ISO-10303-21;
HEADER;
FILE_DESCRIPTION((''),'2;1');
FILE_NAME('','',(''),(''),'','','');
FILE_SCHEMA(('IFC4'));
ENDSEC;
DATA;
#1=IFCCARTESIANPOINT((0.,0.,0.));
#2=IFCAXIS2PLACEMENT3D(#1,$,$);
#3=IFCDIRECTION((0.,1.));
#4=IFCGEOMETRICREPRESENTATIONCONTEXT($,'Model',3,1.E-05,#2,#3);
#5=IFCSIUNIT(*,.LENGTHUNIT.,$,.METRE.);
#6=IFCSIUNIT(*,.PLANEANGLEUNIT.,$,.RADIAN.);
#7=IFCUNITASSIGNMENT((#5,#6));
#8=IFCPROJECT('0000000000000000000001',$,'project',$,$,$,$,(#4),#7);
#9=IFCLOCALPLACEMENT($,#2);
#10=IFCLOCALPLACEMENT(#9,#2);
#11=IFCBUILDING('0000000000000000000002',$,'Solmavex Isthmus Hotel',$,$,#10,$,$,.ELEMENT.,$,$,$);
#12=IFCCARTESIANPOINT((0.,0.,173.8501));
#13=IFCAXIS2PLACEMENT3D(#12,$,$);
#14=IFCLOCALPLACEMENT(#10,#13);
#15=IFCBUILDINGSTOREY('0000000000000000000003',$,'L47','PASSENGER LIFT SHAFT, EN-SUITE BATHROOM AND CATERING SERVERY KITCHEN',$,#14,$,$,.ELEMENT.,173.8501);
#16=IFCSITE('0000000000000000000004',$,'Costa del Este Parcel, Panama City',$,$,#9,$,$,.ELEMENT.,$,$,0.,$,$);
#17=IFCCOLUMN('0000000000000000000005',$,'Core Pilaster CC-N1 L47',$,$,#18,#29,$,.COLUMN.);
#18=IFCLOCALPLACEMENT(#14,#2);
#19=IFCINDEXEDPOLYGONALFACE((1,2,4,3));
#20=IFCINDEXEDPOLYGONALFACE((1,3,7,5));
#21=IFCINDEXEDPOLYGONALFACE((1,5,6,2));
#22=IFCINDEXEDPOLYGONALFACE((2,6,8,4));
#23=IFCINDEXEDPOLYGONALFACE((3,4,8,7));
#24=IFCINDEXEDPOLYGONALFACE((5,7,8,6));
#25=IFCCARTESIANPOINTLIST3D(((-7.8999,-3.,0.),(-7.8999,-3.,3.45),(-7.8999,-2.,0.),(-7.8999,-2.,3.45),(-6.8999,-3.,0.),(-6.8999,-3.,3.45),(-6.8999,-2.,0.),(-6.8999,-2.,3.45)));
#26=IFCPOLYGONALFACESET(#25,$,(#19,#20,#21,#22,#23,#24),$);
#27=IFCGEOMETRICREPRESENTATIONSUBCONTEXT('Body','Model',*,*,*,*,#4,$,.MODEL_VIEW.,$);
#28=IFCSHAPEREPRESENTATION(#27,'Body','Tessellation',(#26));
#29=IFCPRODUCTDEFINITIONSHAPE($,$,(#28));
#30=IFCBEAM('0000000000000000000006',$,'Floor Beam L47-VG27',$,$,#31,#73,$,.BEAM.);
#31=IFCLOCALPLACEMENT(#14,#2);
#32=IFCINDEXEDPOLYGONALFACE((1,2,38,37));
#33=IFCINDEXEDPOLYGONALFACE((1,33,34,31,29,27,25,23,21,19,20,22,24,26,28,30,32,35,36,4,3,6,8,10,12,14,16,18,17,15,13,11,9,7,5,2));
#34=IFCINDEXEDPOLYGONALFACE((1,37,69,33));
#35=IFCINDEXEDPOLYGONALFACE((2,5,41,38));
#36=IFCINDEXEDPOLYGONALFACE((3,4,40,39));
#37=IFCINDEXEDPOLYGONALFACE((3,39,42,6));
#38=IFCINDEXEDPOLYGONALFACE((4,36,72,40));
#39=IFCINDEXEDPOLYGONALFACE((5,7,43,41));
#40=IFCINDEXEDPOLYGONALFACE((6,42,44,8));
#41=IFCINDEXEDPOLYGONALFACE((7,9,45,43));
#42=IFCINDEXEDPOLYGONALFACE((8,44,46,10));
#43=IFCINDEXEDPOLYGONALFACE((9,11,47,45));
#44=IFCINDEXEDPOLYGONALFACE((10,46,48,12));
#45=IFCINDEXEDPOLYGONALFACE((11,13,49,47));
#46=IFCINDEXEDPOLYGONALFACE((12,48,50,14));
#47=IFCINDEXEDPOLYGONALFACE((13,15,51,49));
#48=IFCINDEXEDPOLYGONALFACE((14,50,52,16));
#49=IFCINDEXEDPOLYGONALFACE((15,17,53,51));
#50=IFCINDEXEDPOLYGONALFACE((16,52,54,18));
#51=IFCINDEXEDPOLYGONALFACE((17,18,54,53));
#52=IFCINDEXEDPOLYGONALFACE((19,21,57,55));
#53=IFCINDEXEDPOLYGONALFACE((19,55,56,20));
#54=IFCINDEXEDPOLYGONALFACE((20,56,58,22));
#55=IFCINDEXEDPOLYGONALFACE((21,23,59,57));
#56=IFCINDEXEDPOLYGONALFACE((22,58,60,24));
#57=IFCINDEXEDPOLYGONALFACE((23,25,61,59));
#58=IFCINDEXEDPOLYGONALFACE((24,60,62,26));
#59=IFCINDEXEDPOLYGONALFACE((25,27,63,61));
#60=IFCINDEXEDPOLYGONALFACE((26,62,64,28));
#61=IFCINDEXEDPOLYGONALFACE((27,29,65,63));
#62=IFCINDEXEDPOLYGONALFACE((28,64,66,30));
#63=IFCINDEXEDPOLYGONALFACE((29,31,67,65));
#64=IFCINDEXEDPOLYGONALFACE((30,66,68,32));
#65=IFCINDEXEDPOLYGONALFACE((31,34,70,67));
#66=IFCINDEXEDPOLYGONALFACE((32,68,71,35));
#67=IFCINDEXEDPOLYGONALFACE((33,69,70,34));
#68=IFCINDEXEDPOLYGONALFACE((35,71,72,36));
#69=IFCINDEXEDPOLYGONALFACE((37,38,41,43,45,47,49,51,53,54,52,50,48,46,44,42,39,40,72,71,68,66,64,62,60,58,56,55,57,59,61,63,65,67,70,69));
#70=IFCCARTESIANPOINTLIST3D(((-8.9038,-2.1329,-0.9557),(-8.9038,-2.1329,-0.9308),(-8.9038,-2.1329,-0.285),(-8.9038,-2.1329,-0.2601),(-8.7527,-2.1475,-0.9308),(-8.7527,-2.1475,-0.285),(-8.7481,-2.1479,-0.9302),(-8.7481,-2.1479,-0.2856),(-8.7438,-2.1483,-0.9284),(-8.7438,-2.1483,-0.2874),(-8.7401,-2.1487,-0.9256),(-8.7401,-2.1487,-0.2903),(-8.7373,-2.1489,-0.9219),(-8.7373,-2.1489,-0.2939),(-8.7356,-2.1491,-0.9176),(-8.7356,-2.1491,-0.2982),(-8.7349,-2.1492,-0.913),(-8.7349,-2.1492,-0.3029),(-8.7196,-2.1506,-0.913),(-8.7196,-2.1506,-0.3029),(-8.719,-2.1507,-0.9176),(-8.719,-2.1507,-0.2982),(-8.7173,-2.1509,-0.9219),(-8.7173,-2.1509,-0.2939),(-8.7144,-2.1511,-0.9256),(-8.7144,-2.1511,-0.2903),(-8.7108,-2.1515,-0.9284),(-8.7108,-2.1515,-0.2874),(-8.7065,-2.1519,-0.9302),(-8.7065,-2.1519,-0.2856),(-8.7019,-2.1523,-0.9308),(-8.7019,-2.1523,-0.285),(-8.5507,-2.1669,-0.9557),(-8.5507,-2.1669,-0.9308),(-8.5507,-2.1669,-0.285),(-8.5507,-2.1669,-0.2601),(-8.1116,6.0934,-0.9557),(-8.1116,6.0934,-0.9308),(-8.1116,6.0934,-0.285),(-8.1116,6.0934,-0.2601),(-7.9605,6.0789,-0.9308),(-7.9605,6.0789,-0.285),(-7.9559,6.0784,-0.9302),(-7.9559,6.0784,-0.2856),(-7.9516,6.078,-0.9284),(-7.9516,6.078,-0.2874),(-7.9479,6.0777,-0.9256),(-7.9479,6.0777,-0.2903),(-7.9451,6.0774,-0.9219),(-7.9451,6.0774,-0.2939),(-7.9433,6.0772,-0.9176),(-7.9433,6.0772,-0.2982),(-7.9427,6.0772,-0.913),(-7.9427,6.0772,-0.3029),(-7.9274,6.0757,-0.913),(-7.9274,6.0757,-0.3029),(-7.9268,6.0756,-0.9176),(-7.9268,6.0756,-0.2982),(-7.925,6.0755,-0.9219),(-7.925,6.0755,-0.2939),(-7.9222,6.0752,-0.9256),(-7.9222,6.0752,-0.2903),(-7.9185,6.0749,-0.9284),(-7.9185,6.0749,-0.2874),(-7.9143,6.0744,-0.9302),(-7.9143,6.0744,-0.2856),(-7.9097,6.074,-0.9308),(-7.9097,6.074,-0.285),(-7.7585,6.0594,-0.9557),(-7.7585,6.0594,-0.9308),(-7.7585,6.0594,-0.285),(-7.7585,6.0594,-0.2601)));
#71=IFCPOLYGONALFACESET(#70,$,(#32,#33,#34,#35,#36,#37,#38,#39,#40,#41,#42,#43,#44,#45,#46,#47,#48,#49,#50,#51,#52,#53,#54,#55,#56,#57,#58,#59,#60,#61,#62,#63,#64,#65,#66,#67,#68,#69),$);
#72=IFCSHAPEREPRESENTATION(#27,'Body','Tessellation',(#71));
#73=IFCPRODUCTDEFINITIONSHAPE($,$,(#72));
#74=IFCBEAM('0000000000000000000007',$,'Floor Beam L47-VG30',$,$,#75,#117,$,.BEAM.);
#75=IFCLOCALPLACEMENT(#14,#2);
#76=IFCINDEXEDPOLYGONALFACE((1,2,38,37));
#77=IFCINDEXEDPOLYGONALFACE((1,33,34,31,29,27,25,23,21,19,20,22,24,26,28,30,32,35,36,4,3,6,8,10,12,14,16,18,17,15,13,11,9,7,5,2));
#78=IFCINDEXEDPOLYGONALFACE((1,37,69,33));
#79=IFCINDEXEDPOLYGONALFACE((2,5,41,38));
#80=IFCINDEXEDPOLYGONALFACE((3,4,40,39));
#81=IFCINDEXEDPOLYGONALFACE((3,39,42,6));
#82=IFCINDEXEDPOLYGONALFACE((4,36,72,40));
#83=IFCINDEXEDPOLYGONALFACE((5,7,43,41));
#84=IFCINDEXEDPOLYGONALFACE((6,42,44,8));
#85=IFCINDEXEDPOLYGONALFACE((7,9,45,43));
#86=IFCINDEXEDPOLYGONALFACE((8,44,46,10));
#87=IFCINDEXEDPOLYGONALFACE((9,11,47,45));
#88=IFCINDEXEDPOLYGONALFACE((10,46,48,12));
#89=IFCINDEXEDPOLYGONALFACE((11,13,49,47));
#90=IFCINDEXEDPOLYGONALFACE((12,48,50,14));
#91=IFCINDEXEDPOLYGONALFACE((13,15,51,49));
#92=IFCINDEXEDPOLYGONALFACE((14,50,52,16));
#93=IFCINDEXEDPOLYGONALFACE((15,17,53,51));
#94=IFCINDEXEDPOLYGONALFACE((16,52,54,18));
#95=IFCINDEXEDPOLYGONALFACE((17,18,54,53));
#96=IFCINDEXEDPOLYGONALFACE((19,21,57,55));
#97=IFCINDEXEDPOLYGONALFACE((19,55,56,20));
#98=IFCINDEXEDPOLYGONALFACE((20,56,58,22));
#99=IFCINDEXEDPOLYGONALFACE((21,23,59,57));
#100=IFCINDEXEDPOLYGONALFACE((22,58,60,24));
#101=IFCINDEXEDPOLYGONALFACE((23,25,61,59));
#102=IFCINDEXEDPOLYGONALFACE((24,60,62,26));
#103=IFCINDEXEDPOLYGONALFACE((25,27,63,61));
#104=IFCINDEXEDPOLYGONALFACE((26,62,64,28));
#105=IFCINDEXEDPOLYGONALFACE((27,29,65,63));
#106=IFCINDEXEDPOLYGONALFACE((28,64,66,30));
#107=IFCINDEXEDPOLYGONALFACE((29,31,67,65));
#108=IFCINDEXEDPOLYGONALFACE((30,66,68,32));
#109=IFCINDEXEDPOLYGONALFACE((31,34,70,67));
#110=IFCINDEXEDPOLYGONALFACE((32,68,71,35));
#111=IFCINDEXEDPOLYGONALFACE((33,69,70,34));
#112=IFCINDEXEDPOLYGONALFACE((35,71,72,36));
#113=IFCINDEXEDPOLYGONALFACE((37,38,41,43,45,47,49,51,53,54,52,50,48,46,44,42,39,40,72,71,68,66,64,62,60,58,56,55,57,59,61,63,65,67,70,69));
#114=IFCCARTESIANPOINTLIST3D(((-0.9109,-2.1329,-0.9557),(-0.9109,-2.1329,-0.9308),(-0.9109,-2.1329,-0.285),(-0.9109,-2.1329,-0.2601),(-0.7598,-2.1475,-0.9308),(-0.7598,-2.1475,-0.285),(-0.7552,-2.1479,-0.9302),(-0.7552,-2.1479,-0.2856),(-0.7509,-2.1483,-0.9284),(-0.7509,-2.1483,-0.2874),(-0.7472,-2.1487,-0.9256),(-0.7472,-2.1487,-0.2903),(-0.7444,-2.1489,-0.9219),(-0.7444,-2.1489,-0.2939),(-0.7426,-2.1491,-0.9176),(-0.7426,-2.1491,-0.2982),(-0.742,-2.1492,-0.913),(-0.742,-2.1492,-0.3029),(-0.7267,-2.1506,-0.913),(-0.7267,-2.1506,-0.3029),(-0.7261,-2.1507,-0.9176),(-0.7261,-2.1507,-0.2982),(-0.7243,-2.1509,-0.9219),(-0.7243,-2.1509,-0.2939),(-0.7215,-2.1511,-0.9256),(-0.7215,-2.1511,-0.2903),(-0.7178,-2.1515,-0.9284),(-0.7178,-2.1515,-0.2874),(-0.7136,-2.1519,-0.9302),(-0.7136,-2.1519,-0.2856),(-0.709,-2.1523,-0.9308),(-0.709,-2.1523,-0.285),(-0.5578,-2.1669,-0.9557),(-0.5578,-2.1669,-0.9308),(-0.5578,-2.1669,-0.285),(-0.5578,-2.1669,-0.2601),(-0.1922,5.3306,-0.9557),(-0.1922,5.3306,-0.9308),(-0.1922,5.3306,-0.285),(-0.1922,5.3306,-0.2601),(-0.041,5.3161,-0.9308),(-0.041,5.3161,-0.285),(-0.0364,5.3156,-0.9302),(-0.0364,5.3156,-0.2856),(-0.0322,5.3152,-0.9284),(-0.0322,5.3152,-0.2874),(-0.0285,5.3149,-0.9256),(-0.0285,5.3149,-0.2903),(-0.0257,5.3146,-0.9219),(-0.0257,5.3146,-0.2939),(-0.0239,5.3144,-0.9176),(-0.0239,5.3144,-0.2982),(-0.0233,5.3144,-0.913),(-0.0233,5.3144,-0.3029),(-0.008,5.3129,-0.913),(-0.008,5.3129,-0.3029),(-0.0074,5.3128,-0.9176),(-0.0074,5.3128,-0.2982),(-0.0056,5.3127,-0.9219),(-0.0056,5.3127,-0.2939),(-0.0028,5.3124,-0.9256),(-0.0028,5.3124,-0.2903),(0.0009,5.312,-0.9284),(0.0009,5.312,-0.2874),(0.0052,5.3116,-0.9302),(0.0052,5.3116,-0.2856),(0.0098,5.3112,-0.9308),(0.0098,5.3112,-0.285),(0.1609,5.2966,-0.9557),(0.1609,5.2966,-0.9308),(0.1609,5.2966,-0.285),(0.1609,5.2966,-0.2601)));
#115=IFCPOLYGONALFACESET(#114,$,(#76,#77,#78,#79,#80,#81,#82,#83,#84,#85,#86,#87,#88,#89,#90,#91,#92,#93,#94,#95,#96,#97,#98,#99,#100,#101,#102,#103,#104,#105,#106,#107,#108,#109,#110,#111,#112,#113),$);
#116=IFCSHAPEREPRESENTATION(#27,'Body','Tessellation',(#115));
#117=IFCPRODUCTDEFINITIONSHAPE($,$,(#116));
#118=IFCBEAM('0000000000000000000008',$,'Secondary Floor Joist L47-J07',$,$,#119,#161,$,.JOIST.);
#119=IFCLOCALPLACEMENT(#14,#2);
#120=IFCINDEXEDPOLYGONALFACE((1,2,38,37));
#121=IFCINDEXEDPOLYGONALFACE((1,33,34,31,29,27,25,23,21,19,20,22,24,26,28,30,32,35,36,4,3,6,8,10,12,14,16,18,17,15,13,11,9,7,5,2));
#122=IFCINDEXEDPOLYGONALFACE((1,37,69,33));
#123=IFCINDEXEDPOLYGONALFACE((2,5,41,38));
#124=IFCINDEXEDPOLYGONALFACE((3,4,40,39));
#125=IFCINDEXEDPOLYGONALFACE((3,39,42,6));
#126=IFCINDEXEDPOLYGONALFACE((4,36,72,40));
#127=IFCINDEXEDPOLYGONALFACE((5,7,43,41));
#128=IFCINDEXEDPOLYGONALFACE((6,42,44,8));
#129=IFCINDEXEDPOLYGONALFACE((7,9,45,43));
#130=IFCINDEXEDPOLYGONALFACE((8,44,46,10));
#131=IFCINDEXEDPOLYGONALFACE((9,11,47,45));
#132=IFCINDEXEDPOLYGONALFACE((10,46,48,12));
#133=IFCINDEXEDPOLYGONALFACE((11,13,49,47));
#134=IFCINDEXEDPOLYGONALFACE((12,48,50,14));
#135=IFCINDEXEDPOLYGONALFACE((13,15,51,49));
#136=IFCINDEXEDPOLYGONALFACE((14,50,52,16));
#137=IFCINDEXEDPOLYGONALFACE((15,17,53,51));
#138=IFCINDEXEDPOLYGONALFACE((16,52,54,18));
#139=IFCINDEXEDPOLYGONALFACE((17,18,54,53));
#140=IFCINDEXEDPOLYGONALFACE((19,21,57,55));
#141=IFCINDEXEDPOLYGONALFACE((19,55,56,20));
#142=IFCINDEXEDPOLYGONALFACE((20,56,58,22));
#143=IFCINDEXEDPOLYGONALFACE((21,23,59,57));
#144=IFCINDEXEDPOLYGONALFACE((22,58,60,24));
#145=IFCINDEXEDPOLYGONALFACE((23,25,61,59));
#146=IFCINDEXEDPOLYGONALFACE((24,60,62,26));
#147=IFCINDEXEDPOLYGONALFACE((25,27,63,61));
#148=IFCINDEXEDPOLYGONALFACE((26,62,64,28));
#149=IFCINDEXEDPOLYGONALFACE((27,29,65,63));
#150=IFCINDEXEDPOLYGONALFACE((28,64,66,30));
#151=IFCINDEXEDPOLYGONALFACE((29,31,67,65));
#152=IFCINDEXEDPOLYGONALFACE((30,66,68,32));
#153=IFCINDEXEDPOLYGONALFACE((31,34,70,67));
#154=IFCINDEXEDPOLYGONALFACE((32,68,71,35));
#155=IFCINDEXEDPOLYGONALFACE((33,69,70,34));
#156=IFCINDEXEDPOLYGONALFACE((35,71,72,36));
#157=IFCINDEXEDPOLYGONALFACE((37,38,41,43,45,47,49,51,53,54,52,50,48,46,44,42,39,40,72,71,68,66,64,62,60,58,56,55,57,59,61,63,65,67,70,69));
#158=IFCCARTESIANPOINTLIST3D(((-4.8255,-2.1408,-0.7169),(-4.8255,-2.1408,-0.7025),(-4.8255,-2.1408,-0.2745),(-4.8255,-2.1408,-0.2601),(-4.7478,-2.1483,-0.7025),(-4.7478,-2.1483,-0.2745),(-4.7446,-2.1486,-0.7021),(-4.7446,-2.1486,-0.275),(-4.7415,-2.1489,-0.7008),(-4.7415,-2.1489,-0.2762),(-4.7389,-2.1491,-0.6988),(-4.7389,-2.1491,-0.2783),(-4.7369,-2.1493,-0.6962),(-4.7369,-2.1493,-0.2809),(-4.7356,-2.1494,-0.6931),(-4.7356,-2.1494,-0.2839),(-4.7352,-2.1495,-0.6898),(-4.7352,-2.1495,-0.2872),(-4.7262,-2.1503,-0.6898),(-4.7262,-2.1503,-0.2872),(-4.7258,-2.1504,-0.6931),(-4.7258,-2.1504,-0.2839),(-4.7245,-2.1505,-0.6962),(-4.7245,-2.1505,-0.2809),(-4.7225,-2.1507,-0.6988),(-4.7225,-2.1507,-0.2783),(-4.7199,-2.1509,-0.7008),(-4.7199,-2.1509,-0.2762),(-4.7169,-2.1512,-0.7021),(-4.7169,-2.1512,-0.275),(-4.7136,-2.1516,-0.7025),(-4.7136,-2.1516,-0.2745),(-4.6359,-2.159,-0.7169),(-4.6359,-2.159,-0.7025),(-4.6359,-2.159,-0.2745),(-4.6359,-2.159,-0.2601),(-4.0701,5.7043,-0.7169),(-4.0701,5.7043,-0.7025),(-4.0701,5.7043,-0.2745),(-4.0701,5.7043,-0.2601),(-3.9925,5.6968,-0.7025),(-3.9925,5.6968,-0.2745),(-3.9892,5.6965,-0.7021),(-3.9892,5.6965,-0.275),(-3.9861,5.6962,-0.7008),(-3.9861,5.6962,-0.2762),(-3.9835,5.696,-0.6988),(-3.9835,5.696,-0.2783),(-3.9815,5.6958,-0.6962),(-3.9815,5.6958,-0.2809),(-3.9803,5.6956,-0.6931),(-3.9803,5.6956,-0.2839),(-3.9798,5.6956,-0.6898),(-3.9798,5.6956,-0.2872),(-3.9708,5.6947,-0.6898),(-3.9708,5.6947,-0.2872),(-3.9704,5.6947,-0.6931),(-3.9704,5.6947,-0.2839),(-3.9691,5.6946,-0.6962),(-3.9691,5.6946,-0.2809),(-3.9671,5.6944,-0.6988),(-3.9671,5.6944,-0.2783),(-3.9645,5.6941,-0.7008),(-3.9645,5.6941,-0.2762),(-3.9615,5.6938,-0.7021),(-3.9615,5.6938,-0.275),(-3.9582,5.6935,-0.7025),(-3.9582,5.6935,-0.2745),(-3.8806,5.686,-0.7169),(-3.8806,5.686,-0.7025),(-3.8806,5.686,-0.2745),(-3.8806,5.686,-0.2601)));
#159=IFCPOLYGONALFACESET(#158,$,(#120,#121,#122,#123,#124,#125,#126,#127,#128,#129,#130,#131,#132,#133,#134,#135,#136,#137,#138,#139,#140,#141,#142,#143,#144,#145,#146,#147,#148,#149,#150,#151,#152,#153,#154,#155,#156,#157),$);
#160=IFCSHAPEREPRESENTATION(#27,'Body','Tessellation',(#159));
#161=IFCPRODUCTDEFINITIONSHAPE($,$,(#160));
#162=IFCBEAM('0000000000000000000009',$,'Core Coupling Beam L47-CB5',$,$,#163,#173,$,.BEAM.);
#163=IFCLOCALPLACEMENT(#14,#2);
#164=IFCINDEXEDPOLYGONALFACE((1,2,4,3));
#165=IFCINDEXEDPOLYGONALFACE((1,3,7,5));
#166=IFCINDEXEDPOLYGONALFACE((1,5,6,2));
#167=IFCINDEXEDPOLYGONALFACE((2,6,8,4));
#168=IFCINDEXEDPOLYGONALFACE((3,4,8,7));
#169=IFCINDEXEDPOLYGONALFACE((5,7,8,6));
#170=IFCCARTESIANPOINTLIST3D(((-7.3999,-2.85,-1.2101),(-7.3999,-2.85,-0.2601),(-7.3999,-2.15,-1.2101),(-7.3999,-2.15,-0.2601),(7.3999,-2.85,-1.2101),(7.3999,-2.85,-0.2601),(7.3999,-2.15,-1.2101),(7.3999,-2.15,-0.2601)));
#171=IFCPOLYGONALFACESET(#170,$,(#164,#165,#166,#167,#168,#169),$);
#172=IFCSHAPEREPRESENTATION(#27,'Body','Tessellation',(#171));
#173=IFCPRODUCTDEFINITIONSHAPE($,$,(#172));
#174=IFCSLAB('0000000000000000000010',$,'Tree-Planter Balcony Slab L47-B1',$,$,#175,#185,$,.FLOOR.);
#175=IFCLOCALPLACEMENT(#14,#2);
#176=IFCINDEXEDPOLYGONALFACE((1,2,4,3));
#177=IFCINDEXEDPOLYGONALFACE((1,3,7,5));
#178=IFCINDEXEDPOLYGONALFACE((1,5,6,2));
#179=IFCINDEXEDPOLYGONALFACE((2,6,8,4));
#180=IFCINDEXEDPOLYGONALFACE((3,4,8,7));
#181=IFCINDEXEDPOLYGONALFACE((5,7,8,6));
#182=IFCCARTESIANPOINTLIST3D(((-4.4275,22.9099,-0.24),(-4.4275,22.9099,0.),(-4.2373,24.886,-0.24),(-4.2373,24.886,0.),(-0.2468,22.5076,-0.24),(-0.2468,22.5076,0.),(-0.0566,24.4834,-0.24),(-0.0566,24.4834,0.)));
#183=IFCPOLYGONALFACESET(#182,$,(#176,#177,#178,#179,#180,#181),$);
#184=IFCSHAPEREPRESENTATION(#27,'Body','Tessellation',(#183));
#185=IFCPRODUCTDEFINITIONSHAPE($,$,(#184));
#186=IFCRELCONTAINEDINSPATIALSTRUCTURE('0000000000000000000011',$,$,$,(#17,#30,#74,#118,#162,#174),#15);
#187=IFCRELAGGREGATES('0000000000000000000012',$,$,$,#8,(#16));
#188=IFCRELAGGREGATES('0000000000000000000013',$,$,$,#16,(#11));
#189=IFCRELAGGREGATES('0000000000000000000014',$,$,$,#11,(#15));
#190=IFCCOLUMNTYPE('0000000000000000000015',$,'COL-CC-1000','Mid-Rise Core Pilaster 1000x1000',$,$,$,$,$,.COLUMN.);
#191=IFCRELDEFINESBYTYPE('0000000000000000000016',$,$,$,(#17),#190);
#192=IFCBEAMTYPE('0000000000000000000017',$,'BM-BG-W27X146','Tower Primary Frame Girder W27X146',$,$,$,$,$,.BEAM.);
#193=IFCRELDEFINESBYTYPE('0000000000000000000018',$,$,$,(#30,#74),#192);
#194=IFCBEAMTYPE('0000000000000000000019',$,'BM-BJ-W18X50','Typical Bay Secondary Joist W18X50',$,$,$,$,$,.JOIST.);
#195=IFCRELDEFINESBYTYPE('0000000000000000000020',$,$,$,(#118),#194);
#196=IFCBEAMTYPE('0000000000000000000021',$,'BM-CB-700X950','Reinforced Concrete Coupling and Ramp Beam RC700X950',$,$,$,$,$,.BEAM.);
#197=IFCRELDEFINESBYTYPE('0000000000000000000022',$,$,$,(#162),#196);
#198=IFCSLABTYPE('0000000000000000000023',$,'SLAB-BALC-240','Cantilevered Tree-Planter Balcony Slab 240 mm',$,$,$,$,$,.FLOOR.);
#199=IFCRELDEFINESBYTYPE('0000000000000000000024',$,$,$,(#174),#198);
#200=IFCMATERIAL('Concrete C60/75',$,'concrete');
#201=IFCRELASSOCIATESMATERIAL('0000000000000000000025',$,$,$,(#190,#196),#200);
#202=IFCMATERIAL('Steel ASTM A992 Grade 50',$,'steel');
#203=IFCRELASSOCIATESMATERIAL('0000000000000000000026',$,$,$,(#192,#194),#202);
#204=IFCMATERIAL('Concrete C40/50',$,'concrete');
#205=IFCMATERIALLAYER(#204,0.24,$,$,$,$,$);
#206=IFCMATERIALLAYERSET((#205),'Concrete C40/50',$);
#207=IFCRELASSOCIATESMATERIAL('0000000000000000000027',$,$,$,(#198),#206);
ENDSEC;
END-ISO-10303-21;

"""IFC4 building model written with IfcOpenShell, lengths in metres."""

from ifc_helpers import new_model, si_unit, direction, frame, origin, origin_2d, place, context, subcontext, project, spatial, polyline, rectangle, i_section, outline, extrude, material, layer, layer_set, material_profile, profile_set, type_object, element, save


model = new_model("IFC4")

# Units and contexts
model_context = context("Model", 3, precision=1e-05, world=origin(), true_north=direction((0.0, 1.0)))
body_context = subcontext(model_context, "Body", "Model", "MODEL_VIEW")
ifc_project = project(units=[si_unit("LENGTHUNIT", "METRE"), si_unit("PLANEANGLEUNIT", "RADIAN")], contexts=[model_context])

# Site, building, storey
site_placement = place(None, origin())
site = spatial("IfcSite", under=ifc_project, at=site_placement, Name="Costa del Este Parcel, Panama City", CompositionType="ELEMENT", RefElevation=0.0)
building_placement = place(site_placement, origin())
building = spatial("IfcBuilding", under=site, at=building_placement, Name="Solmavex Isthmus Hotel", CompositionType="ELEMENT")
storey_placement = place(building_placement, frame((0.0, 0.0, 173.8501)))
storey = spatial("IfcBuildingStorey", under=building, at=storey_placement, Name="L47", Description="PASSENGER LIFT SHAFT, EN-SUITE BATHROOM AND CATERING SERVERY KITCHEN", CompositionType="ELEMENT", Elevation=173.8501)

# Column
ifc_material_1 = material(Name="Concrete C60/75", Category="concrete")
ifc_material_profile_1 = material_profile(ifc_material_1, rectangle(XDim=1.0, YDim=1.0, at=origin_2d()), Name="RC1000X1000")
ifc_profile_set_1 = profile_set([ifc_material_profile_1], Name="Concrete C60/75")
column_type = type_object("IfcColumnType", Name="COL-CC-1000", Description="Mid-Rise Core Pilaster 1000x1000", PredefinedType="COLUMN", material=ifc_profile_set_1)
column_placement = place(storey_placement, frame((-7.3999, -2.5, 0.0), z_axis=(0.0, 0.0, 1.0), x_axis=(1.0, 0.0, 0.0)))
element("IfcColumn", 1, at=column_placement, inside=storey, type_object=column_type, Name="Core Pilaster CC-N1 L47", PredefinedType="COLUMN", context=body_context, shape_type="SweptSolid", body=[
    extrude(rectangle(XDim=1.0, YDim=1.0, at=origin_2d()), origin(), (0.0, 0.0, 1.0), 3.45),
])

# Beams
ifc_material_2 = material(Name="Steel ASTM A992 Grade 50", Category="steel")
ifc_material_profile_2 = material_profile(ifc_material_2, i_section(OverallWidth=0.3547, OverallDepth=0.6956, WebThickness=0.0154, FlangeThickness=0.0249, FilletRadius=0.0178, at=origin_2d()), Name="W27X146")
ifc_profile_set_2 = profile_set([ifc_material_profile_2], Name="Steel ASTM A992 Grade 50")
beam_type_1 = type_object("IfcBeamType", Name="BM-BG-W27X146", Description="Tower Primary Frame Girder W27X146", PredefinedType="BEAM", material=ifc_profile_set_2)
beam_1_placement = place(storey_placement, frame((-8.7273, -2.1499, -0.6079), z_axis=(0.095862, 0.995395, 0.0), x_axis=(-0.995395, 0.095862, 0.0)))
element("IfcBeam", 2, at=beam_1_placement, inside=storey, type_object=beam_type_1, Name="Floor Beam L47-VG27", PredefinedType="BEAM", context=body_context, shape_type="SweptSolid", body=[
    extrude(i_section(OverallWidth=0.3547, OverallDepth=0.6956, WebThickness=0.0154, FlangeThickness=0.0249, FilletRadius=0.0178, at=origin_2d()), origin(), (0.0, 0.0, 1.0), 8.2644),
])
beam_2_placement = place(storey_placement, frame((-0.7344, -2.1499, -0.6079), z_axis=(0.095857, 0.995395, 0.0), x_axis=(-0.995395, 0.095857, 0.0)))
element("IfcBeam", 3, at=beam_2_placement, inside=storey, type_object=beam_type_1, Name="Floor Beam L47-VG30", PredefinedType="BEAM", context=body_context, shape_type="SweptSolid", body=[
    extrude(i_section(OverallWidth=0.3547, OverallDepth=0.6956, WebThickness=0.0154, FlangeThickness=0.0249, FilletRadius=0.0178, at=origin_2d()), origin(), (0.0, 0.0, 1.0), 7.498),
])
ifc_material_profile_3 = material_profile(ifc_material_2, i_section(OverallWidth=0.1904, OverallDepth=0.4568, WebThickness=0.009, FlangeThickness=0.0144, FilletRadius=0.0127, at=origin_2d()), Name="W18X50")
ifc_profile_set_3 = profile_set([ifc_material_profile_3], Name="Steel ASTM A992 Grade 50")
beam_type_2 = type_object("IfcBeamType", Name="BM-BJ-W18X50", Description="Typical Bay Secondary Joist W18X50", PredefinedType="JOIST", material=ifc_profile_set_3)
beam_3_placement = place(storey_placement, frame((-4.7307, -2.1499, -0.4885), z_axis=(0.095844, 0.995396, 0.0), x_axis=(-0.995396, 0.095844, 0.0)))
element("IfcBeam", 4, at=beam_3_placement, inside=storey, type_object=beam_type_2, Name="Secondary Floor Joist L47-J07", PredefinedType="JOIST", context=body_context, shape_type="SweptSolid", body=[
    extrude(i_section(OverallWidth=0.1904, OverallDepth=0.4568, WebThickness=0.009, FlangeThickness=0.0144, FilletRadius=0.0127, at=origin_2d()), origin(), (0.0, 0.0, 1.0), 7.8813),
])
ifc_material_profile_4 = material_profile(ifc_material_1, rectangle(XDim=0.7, YDim=0.95, at=origin_2d()), Name="RC700X950")
ifc_profile_set_4 = profile_set([ifc_material_profile_4], Name="Concrete C60/75")
beam_type_3 = type_object("IfcBeamType", Name="BM-CB-700X950", Description="Reinforced Concrete Coupling and Ramp Beam RC700X950", PredefinedType="BEAM", material=ifc_profile_set_4)
beam_4_placement = place(storey_placement, frame((-7.3999, -2.5, -0.7351), z_axis=(1.0, 0.0, 0.0), x_axis=(0.0, 1.0, 0.0)))
element("IfcBeam", 5, at=beam_4_placement, inside=storey, type_object=beam_type_3, Name="Core Coupling Beam L47-CB5", PredefinedType="BEAM", context=body_context, shape_type="SweptSolid", body=[
    extrude(rectangle(XDim=0.7, YDim=0.95, at=origin_2d()), origin(), (0.0, 0.0, 1.0), 14.7998),
])

# Slab
ifc_material_3 = material(Name="Concrete C40/50", Category="concrete")
ifc_layer_1 = layer(ifc_material_3, 0.24)
ifc_layer_set_1 = layer_set([ifc_layer_1], Name="Concrete C40/50")
slab_type_1 = type_object("IfcSlabType", Name="SLAB-BALC-240", Description="Cantilevered Tree-Planter Balcony Slab 240 mm", PredefinedType="FLOOR", material=ifc_layer_set_1)
slab_1_placement = place(storey_placement, frame((0.0, 0.0, -0.24)))
element("IfcSlab", 6, at=slab_1_placement, inside=storey, type_object=slab_type_1, Name="Tree-Planter Balcony Slab L47-B1", PredefinedType="FLOOR", context=body_context, shape_type="SweptSolid", body=[
    extrude(outline(polyline([(-4.4275, 22.9099), (-0.2468, 22.5076), (-0.0566, 24.4834), (-4.2373, 24.886), (-4.4275, 22.9099)])), origin(), (0.0, 0.0, 1.0), 0.24),
])

save(model, "model.ifc")
